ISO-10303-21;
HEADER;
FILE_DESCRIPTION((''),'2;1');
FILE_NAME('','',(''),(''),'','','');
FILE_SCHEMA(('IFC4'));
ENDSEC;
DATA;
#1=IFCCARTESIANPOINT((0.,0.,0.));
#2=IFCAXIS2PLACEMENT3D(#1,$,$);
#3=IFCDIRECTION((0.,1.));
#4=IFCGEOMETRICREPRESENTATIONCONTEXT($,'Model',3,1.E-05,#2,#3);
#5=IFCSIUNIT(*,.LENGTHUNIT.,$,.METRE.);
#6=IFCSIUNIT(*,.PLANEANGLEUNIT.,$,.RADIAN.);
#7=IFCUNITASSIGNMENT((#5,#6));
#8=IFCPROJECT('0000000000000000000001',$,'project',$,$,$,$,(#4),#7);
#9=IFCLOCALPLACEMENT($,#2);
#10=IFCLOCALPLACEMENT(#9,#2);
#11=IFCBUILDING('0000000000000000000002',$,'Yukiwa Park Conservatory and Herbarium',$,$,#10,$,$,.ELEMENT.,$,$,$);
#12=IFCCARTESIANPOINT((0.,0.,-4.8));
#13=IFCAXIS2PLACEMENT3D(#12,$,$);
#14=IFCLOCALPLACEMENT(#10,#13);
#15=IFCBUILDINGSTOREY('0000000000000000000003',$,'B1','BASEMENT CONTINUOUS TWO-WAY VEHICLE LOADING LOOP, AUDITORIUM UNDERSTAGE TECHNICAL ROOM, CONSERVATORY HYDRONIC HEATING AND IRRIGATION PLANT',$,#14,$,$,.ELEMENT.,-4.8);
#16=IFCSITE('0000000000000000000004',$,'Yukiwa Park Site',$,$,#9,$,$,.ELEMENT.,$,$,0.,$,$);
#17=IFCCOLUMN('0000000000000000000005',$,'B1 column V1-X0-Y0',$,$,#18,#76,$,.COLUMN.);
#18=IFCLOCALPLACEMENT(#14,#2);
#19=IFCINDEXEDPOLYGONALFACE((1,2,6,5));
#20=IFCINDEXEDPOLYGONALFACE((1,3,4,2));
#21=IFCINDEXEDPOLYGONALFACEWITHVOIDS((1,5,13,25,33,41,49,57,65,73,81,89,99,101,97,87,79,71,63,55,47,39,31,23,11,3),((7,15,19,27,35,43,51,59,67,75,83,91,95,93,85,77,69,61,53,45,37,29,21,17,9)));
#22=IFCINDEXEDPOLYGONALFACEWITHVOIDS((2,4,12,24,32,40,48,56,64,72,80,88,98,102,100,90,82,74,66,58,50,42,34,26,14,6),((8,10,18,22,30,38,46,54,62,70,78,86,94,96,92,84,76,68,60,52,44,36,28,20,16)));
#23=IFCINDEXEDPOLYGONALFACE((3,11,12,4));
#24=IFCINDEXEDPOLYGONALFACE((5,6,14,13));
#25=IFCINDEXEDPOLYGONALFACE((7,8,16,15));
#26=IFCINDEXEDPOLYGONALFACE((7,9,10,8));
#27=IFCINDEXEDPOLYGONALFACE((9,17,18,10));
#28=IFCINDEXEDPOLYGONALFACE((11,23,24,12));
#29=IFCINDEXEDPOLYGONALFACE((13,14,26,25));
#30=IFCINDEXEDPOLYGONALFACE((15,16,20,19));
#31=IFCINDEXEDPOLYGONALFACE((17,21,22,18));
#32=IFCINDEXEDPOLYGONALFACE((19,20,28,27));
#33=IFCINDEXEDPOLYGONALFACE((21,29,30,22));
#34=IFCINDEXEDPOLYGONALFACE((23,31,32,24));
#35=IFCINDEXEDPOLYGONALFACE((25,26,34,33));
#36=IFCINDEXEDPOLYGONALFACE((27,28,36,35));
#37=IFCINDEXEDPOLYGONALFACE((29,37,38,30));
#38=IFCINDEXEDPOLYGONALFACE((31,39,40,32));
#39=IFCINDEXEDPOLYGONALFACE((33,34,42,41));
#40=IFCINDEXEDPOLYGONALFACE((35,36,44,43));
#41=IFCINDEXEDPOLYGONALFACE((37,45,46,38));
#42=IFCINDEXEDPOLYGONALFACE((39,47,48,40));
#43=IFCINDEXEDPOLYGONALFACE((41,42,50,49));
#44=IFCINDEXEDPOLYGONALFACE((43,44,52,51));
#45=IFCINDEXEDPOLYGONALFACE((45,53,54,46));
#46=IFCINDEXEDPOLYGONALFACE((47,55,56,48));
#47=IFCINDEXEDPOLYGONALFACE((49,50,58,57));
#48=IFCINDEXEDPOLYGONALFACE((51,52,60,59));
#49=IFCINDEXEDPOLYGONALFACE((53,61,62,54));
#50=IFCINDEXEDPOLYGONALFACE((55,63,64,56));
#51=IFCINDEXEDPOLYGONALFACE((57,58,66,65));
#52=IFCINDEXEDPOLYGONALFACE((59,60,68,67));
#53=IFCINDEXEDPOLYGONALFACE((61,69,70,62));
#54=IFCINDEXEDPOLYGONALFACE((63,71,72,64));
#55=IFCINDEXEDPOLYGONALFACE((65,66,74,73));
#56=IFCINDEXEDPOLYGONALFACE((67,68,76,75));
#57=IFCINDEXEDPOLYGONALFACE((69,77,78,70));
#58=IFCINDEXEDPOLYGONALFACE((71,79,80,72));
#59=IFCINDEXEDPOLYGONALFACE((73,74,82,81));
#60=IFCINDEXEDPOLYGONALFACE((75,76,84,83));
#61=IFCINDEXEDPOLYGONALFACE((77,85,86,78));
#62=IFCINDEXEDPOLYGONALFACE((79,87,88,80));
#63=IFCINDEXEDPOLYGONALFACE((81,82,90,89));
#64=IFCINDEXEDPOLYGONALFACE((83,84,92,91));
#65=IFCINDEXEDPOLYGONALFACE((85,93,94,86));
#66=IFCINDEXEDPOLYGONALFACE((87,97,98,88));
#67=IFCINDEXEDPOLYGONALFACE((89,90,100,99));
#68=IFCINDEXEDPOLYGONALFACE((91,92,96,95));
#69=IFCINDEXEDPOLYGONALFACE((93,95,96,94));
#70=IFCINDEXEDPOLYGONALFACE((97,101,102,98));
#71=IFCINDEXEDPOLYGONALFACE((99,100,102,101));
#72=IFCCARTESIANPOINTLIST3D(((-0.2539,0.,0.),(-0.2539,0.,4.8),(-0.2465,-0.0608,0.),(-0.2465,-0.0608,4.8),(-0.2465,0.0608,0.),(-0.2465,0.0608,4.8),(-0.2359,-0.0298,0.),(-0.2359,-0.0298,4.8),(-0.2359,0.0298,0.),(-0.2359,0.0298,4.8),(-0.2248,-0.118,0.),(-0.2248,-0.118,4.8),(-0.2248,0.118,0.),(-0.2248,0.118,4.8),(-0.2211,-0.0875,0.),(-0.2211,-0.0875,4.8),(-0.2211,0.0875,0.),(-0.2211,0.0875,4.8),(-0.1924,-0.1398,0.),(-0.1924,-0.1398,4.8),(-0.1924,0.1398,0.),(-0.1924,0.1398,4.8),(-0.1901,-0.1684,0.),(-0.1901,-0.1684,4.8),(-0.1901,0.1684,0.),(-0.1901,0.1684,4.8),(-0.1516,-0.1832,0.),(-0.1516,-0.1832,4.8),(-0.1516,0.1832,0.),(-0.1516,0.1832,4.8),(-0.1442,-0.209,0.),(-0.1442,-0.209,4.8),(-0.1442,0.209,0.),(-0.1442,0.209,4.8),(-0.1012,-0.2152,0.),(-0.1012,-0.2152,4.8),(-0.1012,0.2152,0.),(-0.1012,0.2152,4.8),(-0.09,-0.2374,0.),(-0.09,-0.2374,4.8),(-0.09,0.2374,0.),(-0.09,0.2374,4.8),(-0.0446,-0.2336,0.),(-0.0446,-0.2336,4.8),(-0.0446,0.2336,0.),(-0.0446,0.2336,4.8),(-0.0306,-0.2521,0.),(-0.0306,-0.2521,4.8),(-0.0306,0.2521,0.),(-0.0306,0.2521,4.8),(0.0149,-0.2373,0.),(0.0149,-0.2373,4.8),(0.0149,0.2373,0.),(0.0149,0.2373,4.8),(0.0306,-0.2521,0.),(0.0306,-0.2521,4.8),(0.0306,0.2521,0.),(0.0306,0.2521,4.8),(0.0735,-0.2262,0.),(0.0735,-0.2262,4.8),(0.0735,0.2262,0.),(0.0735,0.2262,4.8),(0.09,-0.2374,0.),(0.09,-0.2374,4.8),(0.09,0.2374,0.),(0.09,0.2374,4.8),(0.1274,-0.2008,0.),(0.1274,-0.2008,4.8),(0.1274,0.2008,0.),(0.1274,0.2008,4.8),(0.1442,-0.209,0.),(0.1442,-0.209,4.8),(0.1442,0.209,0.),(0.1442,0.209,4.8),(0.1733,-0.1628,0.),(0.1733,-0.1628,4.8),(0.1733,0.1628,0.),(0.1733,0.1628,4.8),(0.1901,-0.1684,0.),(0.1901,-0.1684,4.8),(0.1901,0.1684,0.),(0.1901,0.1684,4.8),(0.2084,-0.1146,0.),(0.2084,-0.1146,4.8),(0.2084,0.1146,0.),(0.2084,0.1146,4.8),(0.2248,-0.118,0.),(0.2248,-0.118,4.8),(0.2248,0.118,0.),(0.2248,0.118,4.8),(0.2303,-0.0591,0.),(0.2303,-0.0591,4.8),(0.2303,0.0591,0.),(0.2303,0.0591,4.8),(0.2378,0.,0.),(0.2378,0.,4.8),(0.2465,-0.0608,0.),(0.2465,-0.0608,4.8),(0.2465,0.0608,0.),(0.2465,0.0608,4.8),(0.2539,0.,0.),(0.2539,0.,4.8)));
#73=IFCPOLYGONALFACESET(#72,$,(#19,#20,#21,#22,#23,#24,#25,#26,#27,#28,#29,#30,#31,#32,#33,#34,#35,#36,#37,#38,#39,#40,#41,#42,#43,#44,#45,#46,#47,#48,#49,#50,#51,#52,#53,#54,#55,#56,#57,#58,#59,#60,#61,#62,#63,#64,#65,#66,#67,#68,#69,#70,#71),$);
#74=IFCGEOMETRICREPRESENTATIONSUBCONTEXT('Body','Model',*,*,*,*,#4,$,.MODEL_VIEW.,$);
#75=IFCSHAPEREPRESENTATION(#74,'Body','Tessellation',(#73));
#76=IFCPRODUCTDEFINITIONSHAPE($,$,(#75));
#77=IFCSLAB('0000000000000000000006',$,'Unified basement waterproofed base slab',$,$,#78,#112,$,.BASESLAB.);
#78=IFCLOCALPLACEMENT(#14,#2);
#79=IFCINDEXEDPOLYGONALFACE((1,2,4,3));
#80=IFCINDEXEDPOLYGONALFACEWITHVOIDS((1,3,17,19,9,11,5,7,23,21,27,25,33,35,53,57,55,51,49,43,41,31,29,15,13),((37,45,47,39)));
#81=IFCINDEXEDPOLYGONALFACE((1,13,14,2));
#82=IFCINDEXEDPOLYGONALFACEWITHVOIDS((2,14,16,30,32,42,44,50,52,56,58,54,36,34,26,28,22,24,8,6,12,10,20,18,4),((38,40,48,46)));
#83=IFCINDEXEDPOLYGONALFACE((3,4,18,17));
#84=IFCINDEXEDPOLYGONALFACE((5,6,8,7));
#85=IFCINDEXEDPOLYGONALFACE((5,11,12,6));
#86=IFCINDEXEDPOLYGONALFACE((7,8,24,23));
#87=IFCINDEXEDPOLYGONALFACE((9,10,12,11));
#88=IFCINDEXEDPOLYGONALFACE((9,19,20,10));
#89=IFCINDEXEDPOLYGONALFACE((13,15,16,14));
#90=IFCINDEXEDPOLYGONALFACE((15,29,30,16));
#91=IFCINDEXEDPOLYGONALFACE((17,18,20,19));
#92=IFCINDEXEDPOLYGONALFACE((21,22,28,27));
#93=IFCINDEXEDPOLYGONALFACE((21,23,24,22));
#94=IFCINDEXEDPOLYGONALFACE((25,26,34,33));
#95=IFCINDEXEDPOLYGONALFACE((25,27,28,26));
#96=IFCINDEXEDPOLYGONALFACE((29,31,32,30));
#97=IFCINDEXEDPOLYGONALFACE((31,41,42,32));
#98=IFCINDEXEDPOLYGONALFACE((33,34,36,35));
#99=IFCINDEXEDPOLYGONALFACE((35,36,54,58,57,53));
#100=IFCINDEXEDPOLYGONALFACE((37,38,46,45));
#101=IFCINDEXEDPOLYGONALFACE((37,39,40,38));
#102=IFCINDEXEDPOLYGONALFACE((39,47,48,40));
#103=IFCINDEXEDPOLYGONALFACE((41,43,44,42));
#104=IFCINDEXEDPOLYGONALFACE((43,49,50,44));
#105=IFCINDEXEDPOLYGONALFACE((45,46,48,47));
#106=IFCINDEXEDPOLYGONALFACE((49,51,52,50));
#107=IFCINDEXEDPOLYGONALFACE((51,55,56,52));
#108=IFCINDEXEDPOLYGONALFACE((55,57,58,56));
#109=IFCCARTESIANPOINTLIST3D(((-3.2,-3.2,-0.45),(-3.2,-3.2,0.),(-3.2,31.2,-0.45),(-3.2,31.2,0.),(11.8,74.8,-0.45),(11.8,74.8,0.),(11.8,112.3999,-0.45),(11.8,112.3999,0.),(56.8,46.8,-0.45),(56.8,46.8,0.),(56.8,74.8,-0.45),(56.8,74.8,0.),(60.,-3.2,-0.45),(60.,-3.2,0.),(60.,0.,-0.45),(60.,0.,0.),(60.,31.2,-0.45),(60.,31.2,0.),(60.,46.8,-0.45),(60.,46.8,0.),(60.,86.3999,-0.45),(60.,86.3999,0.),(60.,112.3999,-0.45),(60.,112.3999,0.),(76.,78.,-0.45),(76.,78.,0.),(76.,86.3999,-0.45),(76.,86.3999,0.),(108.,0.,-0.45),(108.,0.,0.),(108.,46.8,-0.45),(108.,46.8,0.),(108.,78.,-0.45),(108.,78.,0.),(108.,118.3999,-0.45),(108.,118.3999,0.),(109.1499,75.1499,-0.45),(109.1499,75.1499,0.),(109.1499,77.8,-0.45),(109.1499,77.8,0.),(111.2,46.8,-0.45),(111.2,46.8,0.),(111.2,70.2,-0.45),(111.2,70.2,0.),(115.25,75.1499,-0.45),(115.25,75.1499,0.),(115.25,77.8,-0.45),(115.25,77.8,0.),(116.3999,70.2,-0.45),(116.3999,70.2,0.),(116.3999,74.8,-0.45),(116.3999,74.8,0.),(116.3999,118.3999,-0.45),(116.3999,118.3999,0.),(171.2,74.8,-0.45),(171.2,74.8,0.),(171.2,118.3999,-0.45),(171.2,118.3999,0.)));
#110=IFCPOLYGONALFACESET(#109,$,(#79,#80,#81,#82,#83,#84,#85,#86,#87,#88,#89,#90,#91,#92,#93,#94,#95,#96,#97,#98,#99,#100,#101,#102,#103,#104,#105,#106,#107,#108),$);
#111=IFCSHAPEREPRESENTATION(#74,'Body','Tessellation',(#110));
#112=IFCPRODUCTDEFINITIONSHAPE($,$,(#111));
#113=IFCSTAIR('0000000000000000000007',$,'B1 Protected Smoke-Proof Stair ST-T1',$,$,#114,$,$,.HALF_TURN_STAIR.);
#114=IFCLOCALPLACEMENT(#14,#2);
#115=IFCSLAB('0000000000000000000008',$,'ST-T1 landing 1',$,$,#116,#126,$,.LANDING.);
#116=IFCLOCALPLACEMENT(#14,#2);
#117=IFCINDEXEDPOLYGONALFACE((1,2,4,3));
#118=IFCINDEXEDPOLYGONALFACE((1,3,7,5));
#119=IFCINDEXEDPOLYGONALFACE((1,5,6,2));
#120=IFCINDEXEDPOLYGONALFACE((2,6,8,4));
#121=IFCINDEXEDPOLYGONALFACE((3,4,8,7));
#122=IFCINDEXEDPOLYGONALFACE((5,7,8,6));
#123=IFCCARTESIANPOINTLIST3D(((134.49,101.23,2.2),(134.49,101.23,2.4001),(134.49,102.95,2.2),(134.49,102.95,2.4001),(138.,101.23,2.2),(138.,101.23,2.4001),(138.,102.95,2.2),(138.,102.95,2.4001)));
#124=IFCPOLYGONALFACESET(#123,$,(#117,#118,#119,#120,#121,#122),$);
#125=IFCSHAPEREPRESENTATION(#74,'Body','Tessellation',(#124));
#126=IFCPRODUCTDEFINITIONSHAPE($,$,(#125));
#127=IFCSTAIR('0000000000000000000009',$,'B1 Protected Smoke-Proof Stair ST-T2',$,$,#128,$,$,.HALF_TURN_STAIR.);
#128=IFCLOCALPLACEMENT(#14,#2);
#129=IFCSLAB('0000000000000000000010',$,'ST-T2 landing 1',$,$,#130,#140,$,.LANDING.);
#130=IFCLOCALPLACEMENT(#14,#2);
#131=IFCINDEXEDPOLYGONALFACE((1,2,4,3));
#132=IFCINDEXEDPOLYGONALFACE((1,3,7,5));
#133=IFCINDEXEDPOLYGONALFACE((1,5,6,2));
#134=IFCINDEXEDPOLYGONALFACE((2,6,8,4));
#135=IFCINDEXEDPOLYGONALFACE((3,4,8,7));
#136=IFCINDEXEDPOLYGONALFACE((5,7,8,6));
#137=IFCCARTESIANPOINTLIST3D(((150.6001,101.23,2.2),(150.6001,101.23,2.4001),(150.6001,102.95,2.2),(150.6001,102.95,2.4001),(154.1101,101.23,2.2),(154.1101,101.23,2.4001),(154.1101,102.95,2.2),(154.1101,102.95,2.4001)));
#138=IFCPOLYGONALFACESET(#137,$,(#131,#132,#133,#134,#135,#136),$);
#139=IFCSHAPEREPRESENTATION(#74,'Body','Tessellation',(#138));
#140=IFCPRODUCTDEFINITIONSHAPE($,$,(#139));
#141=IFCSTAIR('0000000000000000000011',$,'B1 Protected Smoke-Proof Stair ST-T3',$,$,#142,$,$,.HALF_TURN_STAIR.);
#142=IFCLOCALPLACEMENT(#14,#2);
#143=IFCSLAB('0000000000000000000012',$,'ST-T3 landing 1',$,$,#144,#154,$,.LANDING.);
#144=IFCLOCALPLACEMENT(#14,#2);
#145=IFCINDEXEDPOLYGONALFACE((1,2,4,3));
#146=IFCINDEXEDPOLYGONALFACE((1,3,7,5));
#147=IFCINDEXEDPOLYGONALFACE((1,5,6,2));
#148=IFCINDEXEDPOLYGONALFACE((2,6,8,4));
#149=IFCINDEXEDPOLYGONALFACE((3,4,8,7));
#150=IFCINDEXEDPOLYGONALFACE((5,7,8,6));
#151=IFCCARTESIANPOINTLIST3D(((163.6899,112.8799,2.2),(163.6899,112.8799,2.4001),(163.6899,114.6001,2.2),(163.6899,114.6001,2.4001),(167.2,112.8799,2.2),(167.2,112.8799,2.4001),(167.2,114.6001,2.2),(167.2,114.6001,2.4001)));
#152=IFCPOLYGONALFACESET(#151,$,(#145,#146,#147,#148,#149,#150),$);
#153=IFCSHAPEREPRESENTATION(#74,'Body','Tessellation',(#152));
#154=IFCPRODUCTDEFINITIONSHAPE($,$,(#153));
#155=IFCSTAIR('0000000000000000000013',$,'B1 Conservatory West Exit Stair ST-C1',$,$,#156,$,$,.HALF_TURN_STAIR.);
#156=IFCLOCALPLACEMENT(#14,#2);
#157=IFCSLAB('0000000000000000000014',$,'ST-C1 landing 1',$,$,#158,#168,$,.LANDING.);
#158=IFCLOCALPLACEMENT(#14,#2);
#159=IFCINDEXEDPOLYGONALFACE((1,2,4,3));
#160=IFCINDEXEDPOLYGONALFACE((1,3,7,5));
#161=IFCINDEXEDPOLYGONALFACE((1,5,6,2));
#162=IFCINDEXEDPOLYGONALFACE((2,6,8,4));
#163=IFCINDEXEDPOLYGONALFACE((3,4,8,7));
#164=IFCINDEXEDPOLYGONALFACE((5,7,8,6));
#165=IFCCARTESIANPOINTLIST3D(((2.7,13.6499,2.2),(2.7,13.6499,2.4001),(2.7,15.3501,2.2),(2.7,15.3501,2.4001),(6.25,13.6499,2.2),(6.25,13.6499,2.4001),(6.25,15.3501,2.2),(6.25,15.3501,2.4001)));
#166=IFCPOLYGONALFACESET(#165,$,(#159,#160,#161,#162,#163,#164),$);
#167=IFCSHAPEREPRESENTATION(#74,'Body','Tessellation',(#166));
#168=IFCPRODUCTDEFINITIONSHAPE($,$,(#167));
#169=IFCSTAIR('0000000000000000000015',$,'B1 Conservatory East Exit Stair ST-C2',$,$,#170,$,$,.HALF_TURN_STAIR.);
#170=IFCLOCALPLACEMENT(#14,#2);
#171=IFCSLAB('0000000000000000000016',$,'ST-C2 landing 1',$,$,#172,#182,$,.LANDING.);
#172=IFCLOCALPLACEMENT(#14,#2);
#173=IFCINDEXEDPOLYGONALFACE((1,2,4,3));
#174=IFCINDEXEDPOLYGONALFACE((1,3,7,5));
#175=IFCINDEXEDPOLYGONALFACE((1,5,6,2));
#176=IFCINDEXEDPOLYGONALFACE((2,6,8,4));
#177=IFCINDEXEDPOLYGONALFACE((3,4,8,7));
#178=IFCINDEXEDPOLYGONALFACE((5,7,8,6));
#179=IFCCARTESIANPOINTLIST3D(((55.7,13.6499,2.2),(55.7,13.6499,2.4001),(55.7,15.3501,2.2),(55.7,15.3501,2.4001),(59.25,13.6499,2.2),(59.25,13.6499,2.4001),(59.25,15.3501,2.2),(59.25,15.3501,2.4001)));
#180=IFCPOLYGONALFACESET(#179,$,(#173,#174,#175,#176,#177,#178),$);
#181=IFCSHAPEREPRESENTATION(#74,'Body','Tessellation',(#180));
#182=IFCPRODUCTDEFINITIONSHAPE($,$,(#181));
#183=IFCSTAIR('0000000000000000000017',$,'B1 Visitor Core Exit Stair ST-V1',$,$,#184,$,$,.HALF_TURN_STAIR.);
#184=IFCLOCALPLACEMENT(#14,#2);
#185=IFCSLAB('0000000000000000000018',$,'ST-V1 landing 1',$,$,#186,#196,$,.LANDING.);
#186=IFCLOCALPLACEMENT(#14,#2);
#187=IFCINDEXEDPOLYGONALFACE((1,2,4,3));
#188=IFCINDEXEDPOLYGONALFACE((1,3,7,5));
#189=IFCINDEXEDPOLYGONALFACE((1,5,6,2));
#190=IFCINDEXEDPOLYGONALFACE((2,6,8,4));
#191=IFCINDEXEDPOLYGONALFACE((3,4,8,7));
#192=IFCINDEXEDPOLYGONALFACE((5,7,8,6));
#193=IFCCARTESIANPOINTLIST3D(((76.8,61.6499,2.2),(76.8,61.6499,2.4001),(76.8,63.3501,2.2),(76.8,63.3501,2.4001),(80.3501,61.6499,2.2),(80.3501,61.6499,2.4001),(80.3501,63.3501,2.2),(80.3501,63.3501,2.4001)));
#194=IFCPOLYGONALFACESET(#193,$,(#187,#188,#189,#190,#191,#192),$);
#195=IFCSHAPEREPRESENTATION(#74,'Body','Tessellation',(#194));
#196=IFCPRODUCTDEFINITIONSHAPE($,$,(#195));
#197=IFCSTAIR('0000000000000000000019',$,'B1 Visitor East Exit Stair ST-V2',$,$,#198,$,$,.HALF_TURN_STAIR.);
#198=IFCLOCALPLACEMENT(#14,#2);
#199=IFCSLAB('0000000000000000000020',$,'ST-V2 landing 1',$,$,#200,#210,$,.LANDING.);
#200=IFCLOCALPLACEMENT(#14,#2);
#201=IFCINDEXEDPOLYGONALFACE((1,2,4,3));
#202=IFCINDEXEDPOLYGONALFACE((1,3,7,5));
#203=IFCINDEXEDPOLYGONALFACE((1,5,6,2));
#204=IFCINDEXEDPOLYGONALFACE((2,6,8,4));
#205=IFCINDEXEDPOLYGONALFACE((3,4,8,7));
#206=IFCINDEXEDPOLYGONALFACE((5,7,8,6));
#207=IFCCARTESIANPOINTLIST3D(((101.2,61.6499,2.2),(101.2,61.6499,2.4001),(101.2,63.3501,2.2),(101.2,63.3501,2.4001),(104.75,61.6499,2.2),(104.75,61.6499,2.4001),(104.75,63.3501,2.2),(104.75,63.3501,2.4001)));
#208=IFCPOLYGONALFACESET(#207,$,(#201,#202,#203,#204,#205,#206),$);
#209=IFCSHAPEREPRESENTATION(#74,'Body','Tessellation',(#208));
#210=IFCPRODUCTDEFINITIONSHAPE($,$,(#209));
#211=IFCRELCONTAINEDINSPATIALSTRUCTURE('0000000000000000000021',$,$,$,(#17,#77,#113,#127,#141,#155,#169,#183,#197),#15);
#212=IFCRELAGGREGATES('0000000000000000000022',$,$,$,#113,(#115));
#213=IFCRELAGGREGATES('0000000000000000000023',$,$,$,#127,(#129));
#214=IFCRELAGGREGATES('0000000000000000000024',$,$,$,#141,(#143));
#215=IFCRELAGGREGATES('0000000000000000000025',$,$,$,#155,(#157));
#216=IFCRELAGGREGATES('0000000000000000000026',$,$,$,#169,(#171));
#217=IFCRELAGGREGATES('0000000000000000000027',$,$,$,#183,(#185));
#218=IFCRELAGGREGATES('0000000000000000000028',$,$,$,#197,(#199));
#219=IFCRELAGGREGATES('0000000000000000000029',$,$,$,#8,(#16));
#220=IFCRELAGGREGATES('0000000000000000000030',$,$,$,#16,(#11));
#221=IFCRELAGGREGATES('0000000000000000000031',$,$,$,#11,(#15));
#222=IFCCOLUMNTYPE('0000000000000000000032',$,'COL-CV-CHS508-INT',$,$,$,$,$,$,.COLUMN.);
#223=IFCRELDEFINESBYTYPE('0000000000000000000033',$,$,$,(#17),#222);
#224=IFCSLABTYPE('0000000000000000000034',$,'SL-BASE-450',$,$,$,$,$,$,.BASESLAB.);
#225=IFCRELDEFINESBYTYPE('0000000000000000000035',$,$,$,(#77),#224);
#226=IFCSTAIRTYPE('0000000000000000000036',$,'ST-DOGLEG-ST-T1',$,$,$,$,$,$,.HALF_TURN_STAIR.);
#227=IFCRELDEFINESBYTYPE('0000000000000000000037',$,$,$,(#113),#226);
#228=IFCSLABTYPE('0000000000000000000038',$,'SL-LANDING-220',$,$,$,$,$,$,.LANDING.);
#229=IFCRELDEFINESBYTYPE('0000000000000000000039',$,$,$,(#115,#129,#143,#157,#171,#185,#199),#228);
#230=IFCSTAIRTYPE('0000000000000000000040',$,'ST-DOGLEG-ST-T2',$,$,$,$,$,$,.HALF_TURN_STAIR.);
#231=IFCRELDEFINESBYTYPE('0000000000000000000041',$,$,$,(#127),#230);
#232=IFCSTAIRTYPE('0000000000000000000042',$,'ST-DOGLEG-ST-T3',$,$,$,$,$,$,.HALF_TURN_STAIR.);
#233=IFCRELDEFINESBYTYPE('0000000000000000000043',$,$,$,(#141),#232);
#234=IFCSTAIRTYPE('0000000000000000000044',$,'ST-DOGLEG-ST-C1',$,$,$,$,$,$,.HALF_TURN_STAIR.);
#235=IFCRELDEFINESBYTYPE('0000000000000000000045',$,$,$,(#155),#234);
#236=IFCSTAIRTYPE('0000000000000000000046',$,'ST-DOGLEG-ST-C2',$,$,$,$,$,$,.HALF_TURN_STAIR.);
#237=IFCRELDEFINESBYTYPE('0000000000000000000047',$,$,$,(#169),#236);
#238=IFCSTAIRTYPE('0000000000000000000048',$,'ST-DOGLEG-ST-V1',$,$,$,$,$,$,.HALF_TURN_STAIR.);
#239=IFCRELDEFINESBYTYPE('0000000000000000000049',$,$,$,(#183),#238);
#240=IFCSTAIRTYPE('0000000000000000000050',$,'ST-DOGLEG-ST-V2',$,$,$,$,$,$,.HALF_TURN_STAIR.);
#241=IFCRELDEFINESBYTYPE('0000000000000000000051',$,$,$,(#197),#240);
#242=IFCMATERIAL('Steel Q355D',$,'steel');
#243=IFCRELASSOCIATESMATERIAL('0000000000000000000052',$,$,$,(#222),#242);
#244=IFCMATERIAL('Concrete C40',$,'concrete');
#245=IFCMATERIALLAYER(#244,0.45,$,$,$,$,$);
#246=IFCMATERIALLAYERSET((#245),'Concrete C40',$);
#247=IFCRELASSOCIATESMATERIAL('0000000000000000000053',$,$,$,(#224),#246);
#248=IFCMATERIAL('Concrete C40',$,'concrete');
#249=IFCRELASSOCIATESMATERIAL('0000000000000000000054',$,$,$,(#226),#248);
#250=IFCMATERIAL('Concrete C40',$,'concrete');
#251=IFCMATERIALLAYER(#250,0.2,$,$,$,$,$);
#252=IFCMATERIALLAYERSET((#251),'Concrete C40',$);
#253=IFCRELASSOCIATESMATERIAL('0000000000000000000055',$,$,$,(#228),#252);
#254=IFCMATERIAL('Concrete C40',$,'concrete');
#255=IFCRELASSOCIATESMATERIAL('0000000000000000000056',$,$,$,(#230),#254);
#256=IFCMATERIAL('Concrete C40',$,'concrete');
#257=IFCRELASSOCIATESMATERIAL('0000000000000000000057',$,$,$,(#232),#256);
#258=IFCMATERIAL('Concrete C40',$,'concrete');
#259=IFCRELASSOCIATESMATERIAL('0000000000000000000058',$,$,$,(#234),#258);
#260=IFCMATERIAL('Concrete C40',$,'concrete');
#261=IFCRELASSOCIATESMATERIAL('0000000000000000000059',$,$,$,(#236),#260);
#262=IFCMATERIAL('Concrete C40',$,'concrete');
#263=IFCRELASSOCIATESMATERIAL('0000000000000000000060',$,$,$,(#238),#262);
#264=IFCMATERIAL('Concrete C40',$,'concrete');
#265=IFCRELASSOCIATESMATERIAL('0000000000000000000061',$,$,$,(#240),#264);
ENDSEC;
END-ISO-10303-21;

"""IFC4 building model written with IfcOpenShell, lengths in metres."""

from ifc_helpers import new_model, si_unit, direction, frame, origin, origin_with_axes, origin_2d, place, context, subcontext, project, spatial, polyline, hollow_circle, outline, extrude, material, layer, layer_set, material_profile, profile_set, type_object, element, aggregate, save


model = new_model("IFC4")

# Units and contexts
model_context = context("Model", 3, precision=1e-05, world=origin(), true_north=direction((0.0, 1.0)))
body_context = subcontext(model_context, "Body", "Model", "MODEL_VIEW")
ifc_project = project(units=[si_unit("LENGTHUNIT", "METRE"), si_unit("PLANEANGLEUNIT", "RADIAN")], contexts=[model_context])

# Site, building, storey
site_placement = place(None, origin())
site = spatial("IfcSite", under=ifc_project, at=site_placement, Name="Yukiwa Park Site", CompositionType="ELEMENT", RefElevation=0.0)
building_placement = place(site_placement, origin())
building = spatial("IfcBuilding", under=site, at=building_placement, Name="Yukiwa Park Conservatory and Herbarium", CompositionType="ELEMENT")
storey_placement = place(building_placement, frame((0.0, 0.0, -4.8)))
storey = spatial("IfcBuildingStorey", under=building, at=storey_placement, Name="B1", Description="BASEMENT CONTINUOUS TWO-WAY VEHICLE LOADING LOOP, AUDITORIUM UNDERSTAGE TECHNICAL ROOM, CONSERVATORY HYDRONIC HEATING AND IRRIGATION PLANT", CompositionType="ELEMENT", Elevation=-4.8)

# Column
ifc_material_1 = material(Name="Steel Q355D", Category="steel")
ifc_material_profile = material_profile(ifc_material_1, hollow_circle(Radius=0.2539, WallThickness=0.0161, at=origin_2d()), Name="CHS 508x16")
ifc_profile_set = profile_set([ifc_material_profile], Name="Steel Q355D")
column_type = type_object("IfcColumnType", Name="COL-CV-CHS508-INT", PredefinedType="COLUMN", material=ifc_profile_set)
column_placement = place(storey_placement, origin_with_axes())
element("IfcColumn", 1, at=column_placement, inside=storey, type_object=column_type, Name="B1 column V1-X0-Y0", PredefinedType="COLUMN", context=body_context, shape_type="SweptSolid", body=[
    extrude(hollow_circle(Radius=0.2539, WallThickness=0.0161, at=origin_2d()), origin(), (0.0, 0.0, 1.0), 4.8),
])

# Slab
ifc_material_2 = material(Name="Concrete C40", Category="concrete")
ifc_layer_1 = layer(ifc_material_2, 0.45)
ifc_layer_set_1 = layer_set([ifc_layer_1], Name="Concrete C40")
slab_type_1 = type_object("IfcSlabType", Name="SL-BASE-450", PredefinedType="BASESLAB", material=ifc_layer_set_1)
slab_1_placement = place(storey_placement, frame((0.0, 0.0, -0.45)))
element("IfcSlab", 2, at=slab_1_placement, inside=storey, type_object=slab_type_1, Name="Unified basement waterproofed base slab", PredefinedType="BASESLAB", context=body_context, shape_type="SweptSolid", body=[
    extrude(outline(polyline([(-3.2, 31.2), (60.0, 31.2), (60.0, 46.8), (56.8, 46.8), (56.8, 74.8), (11.8, 74.8), (11.8, 112.3999), (60.0, 112.3999), (60.0, 86.3999), (76.0, 86.3999), (76.0, 78.0), (108.0, 78.0), (108.0, 118.3999), (116.3999, 118.3999), (171.2, 118.3999), (171.2, 74.8), (116.3999, 74.8), (116.3999, 70.2), (111.2, 70.2), (111.2, 46.8), (108.0, 46.8), (108.0, 0.0), (60.0, 0.0), (60.0, -3.2), (-3.2, -3.2), (-3.2, 31.2)]), holes=[polyline([(115.25, 77.8), (109.1499, 77.8), (109.1499, 75.1499), (115.25, 75.1499), (115.25, 77.8)])]), origin(), (0.0, 0.0, 1.0), 0.45),
])

# Stairs, slabs
ifc_material_3 = material(Name="Concrete C40", Category="concrete")
stair_type_1 = type_object("IfcStairType", Name="ST-DOGLEG-ST-T1", PredefinedType="HALF_TURN_STAIR", material=ifc_material_3)
stair_1_placement = place(storey_placement, origin())
stair_1 = element("IfcStair", 3, at=stair_1_placement, inside=storey, type_object=stair_type_1, Name="B1 Protected Smoke-Proof Stair ST-T1", PredefinedType="HALF_TURN_STAIR")
ifc_material_4 = material(Name="Concrete C40", Category="concrete")
ifc_layer_2 = layer(ifc_material_4, 0.2)
ifc_layer_set_2 = layer_set([ifc_layer_2], Name="Concrete C40")
slab_type_2 = type_object("IfcSlabType", Name="SL-LANDING-220", PredefinedType="LANDING", material=ifc_layer_set_2)
slab_2_placement = place(storey_placement, frame((0.0, 0.0, 2.2)))
slab_2 = element("IfcSlab", 4, at=slab_2_placement, type_object=slab_type_2, Name="ST-T1 landing 1", PredefinedType="LANDING", context=body_context, shape_type="SweptSolid", body=[
    extrude(outline(polyline([(138.0, 101.23), (138.0, 102.95), (134.49, 102.95), (134.49, 101.23), (138.0, 101.23)])), origin(), (0.0, 0.0, 1.0), 0.2002),
])
aggregate(stair_1, [slab_2])
ifc_material_5 = material(Name="Concrete C40", Category="concrete")
stair_type_2 = type_object("IfcStairType", Name="ST-DOGLEG-ST-T2", PredefinedType="HALF_TURN_STAIR", material=ifc_material_5)
stair_2_placement = place(storey_placement, origin())
stair_2 = element("IfcStair", 5, at=stair_2_placement, inside=storey, type_object=stair_type_2, Name="B1 Protected Smoke-Proof Stair ST-T2", PredefinedType="HALF_TURN_STAIR")
slab_3_placement = place(storey_placement, frame((0.0, 0.0, 2.2)))
slab_3 = element("IfcSlab", 6, at=slab_3_placement, type_object=slab_type_2, Name="ST-T2 landing 1", PredefinedType="LANDING", context=body_context, shape_type="SweptSolid", body=[
    extrude(outline(polyline([(154.1101, 101.23), (154.1101, 102.95), (150.6001, 102.95), (150.6001, 101.23), (154.1101, 101.23)])), origin(), (0.0, 0.0, 1.0), 0.2002),
])
aggregate(stair_2, [slab_3])
ifc_material_6 = material(Name="Concrete C40", Category="concrete")
stair_type_3 = type_object("IfcStairType", Name="ST-DOGLEG-ST-T3", PredefinedType="HALF_TURN_STAIR", material=ifc_material_6)
stair_3_placement = place(storey_placement, origin())
stair_3 = element("IfcStair", 7, at=stair_3_placement, inside=storey, type_object=stair_type_3, Name="B1 Protected Smoke-Proof Stair ST-T3", PredefinedType="HALF_TURN_STAIR")
slab_4_placement = place(storey_placement, frame((0.0, 0.0, 2.2)))
slab_4 = element("IfcSlab", 8, at=slab_4_placement, type_object=slab_type_2, Name="ST-T3 landing 1", PredefinedType="LANDING", context=body_context, shape_type="SweptSolid", body=[
    extrude(outline(polyline([(167.2, 112.8799), (167.2, 114.6001), (163.6899, 114.6001), (163.6899, 112.8799), (167.2, 112.8799)])), origin(), (0.0, 0.0, 1.0), 0.2002),
])
aggregate(stair_3, [slab_4])
ifc_material_7 = material(Name="Concrete C40", Category="concrete")
stair_type_4 = type_object("IfcStairType", Name="ST-DOGLEG-ST-C1", PredefinedType="HALF_TURN_STAIR", material=ifc_material_7)
stair_4_placement = place(storey_placement, origin())
stair_4 = element("IfcStair", 9, at=stair_4_placement, inside=storey, type_object=stair_type_4, Name="B1 Conservatory West Exit Stair ST-C1", PredefinedType="HALF_TURN_STAIR")
slab_5_placement = place(storey_placement, frame((0.0, 0.0, 2.2)))
slab_5 = element("IfcSlab", 10, at=slab_5_placement, type_object=slab_type_2, Name="ST-C1 landing 1", PredefinedType="LANDING", context=body_context, shape_type="SweptSolid", body=[
    extrude(outline(polyline([(6.25, 13.6499), (6.25, 15.3501), (2.7, 15.3501), (2.7, 13.6499), (6.25, 13.6499)])), origin(), (0.0, 0.0, 1.0), 0.2002),
])
aggregate(stair_4, [slab_5])
ifc_material_8 = material(Name="Concrete C40", Category="concrete")
stair_type_5 = type_object("IfcStairType", Name="ST-DOGLEG-ST-C2", PredefinedType="HALF_TURN_STAIR", material=ifc_material_8)
stair_5_placement = place(storey_placement, origin())
stair_5 = element("IfcStair", 11, at=stair_5_placement, inside=storey, type_object=stair_type_5, Name="B1 Conservatory East Exit Stair ST-C2", PredefinedType="HALF_TURN_STAIR")
slab_6_placement = place(storey_placement, frame((0.0, 0.0, 2.2)))
slab_6 = element("IfcSlab", 12, at=slab_6_placement, type_object=slab_type_2, Name="ST-C2 landing 1", PredefinedType="LANDING", context=body_context, shape_type="SweptSolid", body=[
    extrude(outline(polyline([(59.25, 13.6499), (59.25, 15.3501), (55.7, 15.3501), (55.7, 13.6499), (59.25, 13.6499)])), origin(), (0.0, 0.0, 1.0), 0.2002),
])
aggregate(stair_5, [slab_6])
ifc_material_9 = material(Name="Concrete C40", Category="concrete")
stair_type_6 = type_object("IfcStairType", Name="ST-DOGLEG-ST-V1", PredefinedType="HALF_TURN_STAIR", material=ifc_material_9)
stair_6_placement = place(storey_placement, origin())
stair_6 = element("IfcStair", 13, at=stair_6_placement, inside=storey, type_object=stair_type_6, Name="B1 Visitor Core Exit Stair ST-V1", PredefinedType="HALF_TURN_STAIR")
slab_7_placement = place(storey_placement, frame((0.0, 0.0, 2.2)))
slab_7 = element("IfcSlab", 14, at=slab_7_placement, type_object=slab_type_2, Name="ST-V1 landing 1", PredefinedType="LANDING", context=body_context, shape_type="SweptSolid", body=[
    extrude(outline(polyline([(80.3501, 61.6499), (80.3501, 63.3501), (76.8, 63.3501), (76.8, 61.6499), (80.3501, 61.6499)])), origin(), (0.0, 0.0, 1.0), 0.2002),
])
aggregate(stair_6, [slab_7])
ifc_material_10 = material(Name="Concrete C40", Category="concrete")
stair_type_7 = type_object("IfcStairType", Name="ST-DOGLEG-ST-V2", PredefinedType="HALF_TURN_STAIR", material=ifc_material_10)
stair_7_placement = place(storey_placement, origin())
stair_7 = element("IfcStair", 15, at=stair_7_placement, inside=storey, type_object=stair_type_7, Name="B1 Visitor East Exit Stair ST-V2", PredefinedType="HALF_TURN_STAIR")
slab_8_placement = place(storey_placement, frame((0.0, 0.0, 2.2)))
slab_8 = element("IfcSlab", 16, at=slab_8_placement, type_object=slab_type_2, Name="ST-V2 landing 1", PredefinedType="LANDING", context=body_context, shape_type="SweptSolid", body=[
    extrude(outline(polyline([(104.75, 61.6499), (104.75, 63.3501), (101.2, 63.3501), (101.2, 61.6499), (104.75, 61.6499)])), origin(), (0.0, 0.0, 1.0), 0.2002),
])
aggregate(stair_7, [slab_8])

save(model, "model.ifc")
